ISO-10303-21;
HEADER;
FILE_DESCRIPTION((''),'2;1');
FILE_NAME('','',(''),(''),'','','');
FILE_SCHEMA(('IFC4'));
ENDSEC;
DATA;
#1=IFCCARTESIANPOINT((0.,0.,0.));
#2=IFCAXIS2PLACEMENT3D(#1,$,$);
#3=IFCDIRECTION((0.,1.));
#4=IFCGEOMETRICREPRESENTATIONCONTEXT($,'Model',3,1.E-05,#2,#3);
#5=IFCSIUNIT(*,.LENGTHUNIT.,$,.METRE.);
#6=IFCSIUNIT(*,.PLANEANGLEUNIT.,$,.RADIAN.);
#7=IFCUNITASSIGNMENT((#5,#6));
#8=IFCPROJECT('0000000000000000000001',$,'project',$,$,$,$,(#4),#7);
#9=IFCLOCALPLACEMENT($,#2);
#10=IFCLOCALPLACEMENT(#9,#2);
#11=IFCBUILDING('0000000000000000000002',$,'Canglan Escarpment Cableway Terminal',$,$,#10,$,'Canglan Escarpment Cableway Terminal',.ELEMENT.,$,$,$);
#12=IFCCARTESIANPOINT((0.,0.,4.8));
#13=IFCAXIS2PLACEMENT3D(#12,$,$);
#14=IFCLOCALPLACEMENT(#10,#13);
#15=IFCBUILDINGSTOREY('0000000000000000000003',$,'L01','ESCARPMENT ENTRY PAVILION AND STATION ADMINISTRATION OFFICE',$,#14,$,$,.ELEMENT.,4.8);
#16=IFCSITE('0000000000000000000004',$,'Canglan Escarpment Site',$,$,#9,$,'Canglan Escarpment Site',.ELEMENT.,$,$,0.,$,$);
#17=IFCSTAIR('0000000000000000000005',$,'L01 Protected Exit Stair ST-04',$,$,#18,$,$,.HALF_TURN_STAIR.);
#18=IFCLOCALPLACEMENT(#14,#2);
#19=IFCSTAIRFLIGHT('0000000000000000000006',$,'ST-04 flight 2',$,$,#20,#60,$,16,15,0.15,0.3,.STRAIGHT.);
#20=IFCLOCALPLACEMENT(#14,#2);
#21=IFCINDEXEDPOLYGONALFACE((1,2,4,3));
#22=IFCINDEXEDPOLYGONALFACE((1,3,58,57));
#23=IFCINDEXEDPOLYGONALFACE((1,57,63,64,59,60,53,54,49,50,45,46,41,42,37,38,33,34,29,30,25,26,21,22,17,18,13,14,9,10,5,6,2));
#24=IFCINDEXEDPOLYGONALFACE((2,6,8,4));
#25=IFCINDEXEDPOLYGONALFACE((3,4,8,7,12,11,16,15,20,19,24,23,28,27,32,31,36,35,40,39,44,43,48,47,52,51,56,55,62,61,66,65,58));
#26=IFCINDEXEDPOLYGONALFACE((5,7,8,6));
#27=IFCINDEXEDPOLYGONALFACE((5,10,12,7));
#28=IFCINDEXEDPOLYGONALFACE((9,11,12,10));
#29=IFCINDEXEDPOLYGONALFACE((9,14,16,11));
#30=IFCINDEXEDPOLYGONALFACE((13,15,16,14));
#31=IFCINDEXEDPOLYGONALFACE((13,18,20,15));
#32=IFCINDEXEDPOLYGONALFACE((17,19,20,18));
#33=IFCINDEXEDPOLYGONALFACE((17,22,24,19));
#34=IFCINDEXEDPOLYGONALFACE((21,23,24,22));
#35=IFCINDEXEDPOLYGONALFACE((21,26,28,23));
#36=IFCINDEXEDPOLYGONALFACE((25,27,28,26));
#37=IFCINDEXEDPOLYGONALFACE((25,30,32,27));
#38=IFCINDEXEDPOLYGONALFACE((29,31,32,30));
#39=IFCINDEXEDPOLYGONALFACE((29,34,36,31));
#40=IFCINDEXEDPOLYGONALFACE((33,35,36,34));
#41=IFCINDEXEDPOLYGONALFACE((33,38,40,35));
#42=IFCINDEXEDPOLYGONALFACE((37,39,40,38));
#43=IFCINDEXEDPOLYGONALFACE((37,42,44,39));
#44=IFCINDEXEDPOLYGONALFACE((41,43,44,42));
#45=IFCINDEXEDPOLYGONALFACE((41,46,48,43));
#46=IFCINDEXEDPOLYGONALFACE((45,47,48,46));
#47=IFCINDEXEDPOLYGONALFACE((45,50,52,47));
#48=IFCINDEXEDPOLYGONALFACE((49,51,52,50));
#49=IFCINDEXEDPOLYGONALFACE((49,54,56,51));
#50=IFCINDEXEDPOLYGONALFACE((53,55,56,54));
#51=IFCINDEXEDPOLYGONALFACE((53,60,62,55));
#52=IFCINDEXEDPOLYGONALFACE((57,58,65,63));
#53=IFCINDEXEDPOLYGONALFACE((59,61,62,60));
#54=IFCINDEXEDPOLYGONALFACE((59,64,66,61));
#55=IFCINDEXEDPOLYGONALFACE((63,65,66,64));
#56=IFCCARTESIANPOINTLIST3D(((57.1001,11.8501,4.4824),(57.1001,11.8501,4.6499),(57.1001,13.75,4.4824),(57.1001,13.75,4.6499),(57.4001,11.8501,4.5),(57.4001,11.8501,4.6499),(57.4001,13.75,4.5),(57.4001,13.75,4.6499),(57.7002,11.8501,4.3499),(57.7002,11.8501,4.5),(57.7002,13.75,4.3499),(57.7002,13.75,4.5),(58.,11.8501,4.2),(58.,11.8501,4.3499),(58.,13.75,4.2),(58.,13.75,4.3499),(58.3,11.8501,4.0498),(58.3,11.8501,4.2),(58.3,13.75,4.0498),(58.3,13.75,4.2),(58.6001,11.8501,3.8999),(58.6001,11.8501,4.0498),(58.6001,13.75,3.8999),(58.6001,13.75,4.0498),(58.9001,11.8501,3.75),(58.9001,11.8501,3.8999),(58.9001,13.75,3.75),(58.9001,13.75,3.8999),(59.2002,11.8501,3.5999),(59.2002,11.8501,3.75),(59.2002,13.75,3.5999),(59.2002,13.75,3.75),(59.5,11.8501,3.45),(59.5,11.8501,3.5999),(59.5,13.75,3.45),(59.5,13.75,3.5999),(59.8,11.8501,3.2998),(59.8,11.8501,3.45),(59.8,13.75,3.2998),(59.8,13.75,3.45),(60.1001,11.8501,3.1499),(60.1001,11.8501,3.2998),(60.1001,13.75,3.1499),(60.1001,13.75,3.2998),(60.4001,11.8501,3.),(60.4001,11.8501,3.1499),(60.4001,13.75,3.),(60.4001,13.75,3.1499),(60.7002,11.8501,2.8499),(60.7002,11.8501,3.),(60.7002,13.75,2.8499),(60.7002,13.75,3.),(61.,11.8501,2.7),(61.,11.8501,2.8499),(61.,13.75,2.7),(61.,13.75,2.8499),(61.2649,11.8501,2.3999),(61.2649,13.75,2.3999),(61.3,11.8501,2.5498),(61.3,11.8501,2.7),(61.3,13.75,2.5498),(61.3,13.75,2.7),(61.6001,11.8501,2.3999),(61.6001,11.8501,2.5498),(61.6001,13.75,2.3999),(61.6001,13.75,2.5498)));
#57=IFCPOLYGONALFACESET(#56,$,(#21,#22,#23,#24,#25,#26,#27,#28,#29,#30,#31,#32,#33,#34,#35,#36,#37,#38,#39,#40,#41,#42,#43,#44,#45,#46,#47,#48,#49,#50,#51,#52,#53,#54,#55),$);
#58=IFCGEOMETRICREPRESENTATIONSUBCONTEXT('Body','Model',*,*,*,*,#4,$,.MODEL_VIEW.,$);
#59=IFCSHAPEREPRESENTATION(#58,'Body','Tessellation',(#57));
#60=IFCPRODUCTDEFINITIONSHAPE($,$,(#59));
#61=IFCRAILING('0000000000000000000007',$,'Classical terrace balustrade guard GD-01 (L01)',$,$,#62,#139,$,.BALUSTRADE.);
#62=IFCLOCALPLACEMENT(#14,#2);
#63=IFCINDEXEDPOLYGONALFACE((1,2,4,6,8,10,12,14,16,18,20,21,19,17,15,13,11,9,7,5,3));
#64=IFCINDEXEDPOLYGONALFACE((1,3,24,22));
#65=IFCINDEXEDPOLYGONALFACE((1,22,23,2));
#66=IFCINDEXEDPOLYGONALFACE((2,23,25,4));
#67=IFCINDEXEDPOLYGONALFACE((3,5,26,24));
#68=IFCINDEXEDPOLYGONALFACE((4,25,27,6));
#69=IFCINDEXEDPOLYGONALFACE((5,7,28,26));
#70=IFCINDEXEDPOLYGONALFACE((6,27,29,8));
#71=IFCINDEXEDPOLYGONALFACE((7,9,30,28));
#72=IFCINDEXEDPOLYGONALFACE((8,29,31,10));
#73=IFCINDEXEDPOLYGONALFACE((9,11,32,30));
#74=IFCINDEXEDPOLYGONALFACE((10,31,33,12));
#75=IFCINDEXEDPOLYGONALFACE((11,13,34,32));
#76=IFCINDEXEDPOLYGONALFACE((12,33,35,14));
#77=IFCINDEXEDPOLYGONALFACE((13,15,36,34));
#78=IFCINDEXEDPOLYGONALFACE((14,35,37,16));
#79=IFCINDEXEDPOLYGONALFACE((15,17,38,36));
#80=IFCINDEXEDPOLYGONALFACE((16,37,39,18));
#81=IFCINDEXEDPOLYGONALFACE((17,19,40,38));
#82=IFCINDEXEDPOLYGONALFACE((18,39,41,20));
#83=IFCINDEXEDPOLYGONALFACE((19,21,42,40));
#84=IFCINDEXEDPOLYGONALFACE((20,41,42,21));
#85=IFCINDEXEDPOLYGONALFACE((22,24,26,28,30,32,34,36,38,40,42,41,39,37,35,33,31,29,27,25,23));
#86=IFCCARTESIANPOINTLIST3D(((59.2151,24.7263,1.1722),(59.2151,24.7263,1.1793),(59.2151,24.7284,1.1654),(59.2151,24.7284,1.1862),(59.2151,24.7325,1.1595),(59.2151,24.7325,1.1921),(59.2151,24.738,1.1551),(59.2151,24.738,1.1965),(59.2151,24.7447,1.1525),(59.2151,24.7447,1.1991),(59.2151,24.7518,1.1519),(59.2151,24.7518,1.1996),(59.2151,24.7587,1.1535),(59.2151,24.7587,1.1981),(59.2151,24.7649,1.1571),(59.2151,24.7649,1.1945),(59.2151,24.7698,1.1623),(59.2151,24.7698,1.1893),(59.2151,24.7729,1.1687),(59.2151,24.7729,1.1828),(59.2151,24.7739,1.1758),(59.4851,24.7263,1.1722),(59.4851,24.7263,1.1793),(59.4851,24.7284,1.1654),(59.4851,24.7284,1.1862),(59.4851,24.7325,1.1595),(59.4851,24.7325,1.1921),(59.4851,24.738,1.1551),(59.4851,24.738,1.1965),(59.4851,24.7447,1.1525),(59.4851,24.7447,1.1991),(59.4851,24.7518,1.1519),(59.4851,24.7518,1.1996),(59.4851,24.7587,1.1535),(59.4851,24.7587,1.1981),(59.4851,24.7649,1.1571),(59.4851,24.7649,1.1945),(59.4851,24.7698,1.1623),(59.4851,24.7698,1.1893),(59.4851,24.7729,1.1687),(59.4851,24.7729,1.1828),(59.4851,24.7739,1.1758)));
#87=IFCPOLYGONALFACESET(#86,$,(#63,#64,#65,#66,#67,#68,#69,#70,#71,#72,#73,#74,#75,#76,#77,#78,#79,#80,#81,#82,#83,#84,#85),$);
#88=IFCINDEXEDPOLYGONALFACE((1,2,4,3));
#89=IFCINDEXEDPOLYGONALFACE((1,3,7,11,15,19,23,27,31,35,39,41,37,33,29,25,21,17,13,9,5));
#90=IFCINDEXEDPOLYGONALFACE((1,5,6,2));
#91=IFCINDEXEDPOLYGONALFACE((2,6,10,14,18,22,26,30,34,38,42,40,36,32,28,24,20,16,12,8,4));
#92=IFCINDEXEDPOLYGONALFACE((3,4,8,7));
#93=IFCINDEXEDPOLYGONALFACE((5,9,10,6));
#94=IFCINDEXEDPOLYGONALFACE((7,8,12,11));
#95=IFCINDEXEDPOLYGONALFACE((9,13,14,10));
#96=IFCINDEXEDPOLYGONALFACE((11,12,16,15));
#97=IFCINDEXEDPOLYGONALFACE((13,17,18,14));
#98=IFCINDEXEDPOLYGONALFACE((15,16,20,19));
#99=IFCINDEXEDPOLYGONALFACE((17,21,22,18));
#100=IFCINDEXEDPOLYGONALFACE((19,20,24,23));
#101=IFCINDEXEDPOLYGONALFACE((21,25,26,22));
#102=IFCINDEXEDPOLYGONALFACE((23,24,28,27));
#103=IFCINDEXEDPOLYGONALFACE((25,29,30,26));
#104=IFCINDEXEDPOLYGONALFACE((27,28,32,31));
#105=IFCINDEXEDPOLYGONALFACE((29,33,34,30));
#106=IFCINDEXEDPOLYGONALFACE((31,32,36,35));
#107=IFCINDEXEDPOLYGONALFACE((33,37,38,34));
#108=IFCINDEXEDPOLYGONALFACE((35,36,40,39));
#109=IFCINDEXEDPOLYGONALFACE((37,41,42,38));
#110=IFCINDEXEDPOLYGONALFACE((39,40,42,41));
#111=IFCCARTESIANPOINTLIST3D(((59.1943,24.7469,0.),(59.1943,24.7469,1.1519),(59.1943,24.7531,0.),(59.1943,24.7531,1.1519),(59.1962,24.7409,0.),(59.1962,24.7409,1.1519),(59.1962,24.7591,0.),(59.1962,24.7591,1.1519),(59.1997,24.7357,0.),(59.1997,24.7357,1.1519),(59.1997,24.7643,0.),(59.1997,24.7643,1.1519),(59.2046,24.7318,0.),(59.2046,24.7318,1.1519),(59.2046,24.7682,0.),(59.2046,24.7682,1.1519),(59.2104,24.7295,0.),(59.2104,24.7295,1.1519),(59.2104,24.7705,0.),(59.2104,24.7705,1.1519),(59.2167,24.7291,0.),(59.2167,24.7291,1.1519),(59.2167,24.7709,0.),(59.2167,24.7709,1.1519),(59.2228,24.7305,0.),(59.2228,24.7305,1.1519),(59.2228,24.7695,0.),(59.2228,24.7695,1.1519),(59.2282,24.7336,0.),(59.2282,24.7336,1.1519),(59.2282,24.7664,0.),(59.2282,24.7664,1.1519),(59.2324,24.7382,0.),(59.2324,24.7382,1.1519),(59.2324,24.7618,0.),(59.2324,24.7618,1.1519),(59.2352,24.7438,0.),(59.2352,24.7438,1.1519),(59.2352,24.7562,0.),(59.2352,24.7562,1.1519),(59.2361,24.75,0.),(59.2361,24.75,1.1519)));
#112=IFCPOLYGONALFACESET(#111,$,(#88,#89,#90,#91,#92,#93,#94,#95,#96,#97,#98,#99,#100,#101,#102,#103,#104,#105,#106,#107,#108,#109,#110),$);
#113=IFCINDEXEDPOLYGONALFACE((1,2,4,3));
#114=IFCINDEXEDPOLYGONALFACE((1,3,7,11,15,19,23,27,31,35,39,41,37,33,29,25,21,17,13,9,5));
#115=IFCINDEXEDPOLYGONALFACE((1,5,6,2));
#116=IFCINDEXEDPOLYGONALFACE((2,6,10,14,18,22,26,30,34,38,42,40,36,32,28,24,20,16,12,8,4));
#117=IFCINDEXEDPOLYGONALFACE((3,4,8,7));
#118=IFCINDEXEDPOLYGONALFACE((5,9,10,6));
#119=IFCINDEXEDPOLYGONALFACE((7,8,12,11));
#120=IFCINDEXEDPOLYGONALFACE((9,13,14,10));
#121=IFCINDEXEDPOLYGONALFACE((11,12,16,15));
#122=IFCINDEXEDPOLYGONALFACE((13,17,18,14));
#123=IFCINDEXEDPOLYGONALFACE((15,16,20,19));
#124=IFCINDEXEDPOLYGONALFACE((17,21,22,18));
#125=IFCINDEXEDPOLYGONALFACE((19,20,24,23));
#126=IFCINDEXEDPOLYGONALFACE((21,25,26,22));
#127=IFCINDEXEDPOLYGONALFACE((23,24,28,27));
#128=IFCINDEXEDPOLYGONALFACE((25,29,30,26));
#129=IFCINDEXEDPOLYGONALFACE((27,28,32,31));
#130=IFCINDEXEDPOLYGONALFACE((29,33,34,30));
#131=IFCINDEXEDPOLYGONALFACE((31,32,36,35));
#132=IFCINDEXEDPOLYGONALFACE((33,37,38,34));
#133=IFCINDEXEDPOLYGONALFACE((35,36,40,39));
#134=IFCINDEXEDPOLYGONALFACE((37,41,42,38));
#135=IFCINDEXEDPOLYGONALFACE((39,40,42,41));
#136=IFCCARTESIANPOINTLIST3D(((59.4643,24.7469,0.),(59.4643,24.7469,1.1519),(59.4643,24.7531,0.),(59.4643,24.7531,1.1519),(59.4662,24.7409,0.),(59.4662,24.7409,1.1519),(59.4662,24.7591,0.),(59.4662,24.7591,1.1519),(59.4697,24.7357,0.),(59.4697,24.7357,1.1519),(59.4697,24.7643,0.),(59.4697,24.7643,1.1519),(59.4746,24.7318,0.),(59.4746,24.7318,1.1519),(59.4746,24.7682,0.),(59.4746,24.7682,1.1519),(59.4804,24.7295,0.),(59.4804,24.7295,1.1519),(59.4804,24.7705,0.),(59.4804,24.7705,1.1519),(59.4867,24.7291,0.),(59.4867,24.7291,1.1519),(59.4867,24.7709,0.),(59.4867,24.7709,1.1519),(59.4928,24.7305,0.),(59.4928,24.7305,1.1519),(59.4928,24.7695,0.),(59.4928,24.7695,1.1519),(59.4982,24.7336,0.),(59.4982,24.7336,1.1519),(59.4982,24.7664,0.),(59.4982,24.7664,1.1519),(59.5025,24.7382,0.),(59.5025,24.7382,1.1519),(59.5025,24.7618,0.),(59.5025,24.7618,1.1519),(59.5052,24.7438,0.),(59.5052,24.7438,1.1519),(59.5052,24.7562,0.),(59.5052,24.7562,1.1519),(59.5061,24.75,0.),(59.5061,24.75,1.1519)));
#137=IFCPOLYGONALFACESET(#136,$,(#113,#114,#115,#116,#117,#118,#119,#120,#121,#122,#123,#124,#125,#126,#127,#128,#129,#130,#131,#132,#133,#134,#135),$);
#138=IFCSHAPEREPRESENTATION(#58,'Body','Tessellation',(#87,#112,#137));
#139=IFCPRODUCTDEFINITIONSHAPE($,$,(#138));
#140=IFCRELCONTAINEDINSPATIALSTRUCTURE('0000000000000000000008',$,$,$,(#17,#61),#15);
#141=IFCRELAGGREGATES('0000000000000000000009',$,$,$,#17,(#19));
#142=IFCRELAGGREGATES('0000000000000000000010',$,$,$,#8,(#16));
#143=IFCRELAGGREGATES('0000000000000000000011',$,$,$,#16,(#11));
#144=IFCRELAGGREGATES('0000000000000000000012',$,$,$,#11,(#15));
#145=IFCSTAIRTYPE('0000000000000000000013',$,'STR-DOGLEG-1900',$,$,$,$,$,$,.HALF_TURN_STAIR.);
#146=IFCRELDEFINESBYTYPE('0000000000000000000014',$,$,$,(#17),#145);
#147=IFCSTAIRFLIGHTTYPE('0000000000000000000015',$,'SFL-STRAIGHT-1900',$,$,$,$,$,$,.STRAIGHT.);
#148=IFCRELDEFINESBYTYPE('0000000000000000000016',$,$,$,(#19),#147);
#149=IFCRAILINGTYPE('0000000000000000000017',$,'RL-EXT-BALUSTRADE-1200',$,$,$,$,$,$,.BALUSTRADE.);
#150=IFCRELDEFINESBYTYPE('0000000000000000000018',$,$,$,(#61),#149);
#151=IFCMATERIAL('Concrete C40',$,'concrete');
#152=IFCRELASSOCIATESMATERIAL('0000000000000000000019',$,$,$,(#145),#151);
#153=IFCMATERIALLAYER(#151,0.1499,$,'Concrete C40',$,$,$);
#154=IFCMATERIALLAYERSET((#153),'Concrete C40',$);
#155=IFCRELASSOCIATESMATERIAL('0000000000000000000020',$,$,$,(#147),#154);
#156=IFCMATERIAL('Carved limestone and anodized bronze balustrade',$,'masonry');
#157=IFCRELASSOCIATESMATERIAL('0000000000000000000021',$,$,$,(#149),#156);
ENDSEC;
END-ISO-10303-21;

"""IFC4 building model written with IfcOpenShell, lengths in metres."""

from ifc_helpers import new_model, si_unit, direction, frame, origin, origin_2d, place, context, subcontext, project, spatial, polyline, circle, outline, extrude, material, layer, layer_set, type_object, element, aggregate, save


model = new_model("IFC4")

# Units and contexts
model_context = context("Model", 3, precision=1e-05, world=origin(), true_north=direction((0.0, 1.0)))
body_context = subcontext(model_context, "Body", "Model", "MODEL_VIEW")
ifc_project = project(units=[si_unit("LENGTHUNIT", "METRE"), si_unit("PLANEANGLEUNIT", "RADIAN")], contexts=[model_context])

# Site, building, storey
site_placement = place(None, origin())
site = spatial("IfcSite", under=ifc_project, at=site_placement, Name="Canglan Escarpment Site", LongName="Canglan Escarpment Site", CompositionType="ELEMENT", RefElevation=0.0)
building_placement = place(site_placement, origin())
building = spatial("IfcBuilding", under=site, at=building_placement, Name="Canglan Escarpment Cableway Terminal", LongName="Canglan Escarpment Cableway Terminal", CompositionType="ELEMENT")
storey_placement = place(building_placement, frame((0.0, 0.0, 4.8)))
storey = spatial("IfcBuildingStorey", under=building, at=storey_placement, Name="L01", Description="ESCARPMENT ENTRY PAVILION AND STATION ADMINISTRATION OFFICE", CompositionType="ELEMENT", Elevation=4.8)

# Shared definitions
ifc_material_1 = material(Name="Concrete C40", Category="concrete")

# Stair, stair flight
stair_type = type_object("IfcStairType", Name="STR-DOGLEG-1900", PredefinedType="HALF_TURN_STAIR", material=ifc_material_1)
stair_placement = place(storey_placement, origin())
stair = element("IfcStair", 1, at=stair_placement, inside=storey, type_object=stair_type, Name="L01 Protected Exit Stair ST-04", PredefinedType="HALF_TURN_STAIR")
ifc_layer_1 = layer(ifc_material_1, 0.1499, Name="Concrete C40")
ifc_layer_set_1 = layer_set([ifc_layer_1], Name="Concrete C40")
stair_flight_type = type_object("IfcStairFlightType", Name="SFL-STRAIGHT-1900", PredefinedType="STRAIGHT", material=ifc_layer_set_1)
stair_flight_placement = place(storey_placement, frame((61.6001, 12.8, 2.3999), z_axis=(0.0, 0.0, 1.0), x_axis=(-1.0, 0.0, 0.0)))
stair_flight = element("IfcStairFlight", 2, at=stair_flight_placement, type_object=stair_flight_type, Name="ST-04 flight 2", NumberOfRisers=16, NumberOfTreads=15, PredefinedType="STRAIGHT", RiserHeight=0.15, TreadLength=0.3, context=body_context, shape_type="SweptSolid", body=[
    extrude(outline(polyline([(0.0, 0.0), (0.0, 0.1499), (0.3, 0.1499), (0.3, 0.3), (0.6001, 0.3), (0.6001, 0.45), (0.8999, 0.45), (0.8999, 0.6001), (1.2, 0.6001), (1.2, 0.75), (1.5, 0.75), (1.5, 0.8999), (1.8, 0.8999), (1.8, 1.05), (2.1001, 1.05), (2.1001, 1.2), (2.3999, 1.2), (2.3999, 1.3501), (2.7, 1.3501), (2.7, 1.5), (3.0, 1.5), (3.0, 1.6499), (3.3, 1.6499), (3.3, 1.8), (3.6001, 1.8), (3.6001, 1.95), (3.8999, 1.95), (3.8999, 2.1001), (4.2, 2.1001), (4.2, 2.25), (4.5, 2.25), (4.5, 2.3999), (4.5, 2.0825), (0.3352, 0.0), (0.0, 0.0)])), frame((0.0, 0.95, 0.0), z_axis=(0.0, -1.0, 0.0), x_axis=(1.0, 0.0, 0.0)), (0.0, 0.0, 1.0), 1.8999),
])
aggregate(stair, [stair_flight])

# Railing
ifc_material_2 = material(Name="Carved limestone and anodized bronze balustrade", Category="masonry")
railing_type_1 = type_object("IfcRailingType", Name="RL-EXT-BALUSTRADE-1200", PredefinedType="BALUSTRADE", material=ifc_material_2)
railing_1_placement = place(storey_placement, frame((59.2151, 24.75, 0.0)))
element("IfcRailing", 3, at=railing_1_placement, inside=storey, type_object=railing_type_1, Name="Classical terrace balustrade guard GD-01 (L01)", PredefinedType="BALUSTRADE", context=body_context, shape_type="SweptSolid", body=[
    extrude(circle(Radius=0.0239, at=origin_2d()), frame((0.0, 0.0, 1.1758), z_axis=(1.0, 0.0, 0.0), x_axis=(0.0, 1.0, 0.0)), (0.0, 0.0, 1.0), 0.27),
    extrude(circle(Radius=0.021, at=origin_2d()), origin(), (0.0, 0.0, 1.0), 1.1519),
    extrude(circle(Radius=0.021, at=origin_2d()), frame((0.27, 0.0, 0.0)), (0.0, 0.0, 1.0), 1.1519),
])

save(model, "model.ifc")
